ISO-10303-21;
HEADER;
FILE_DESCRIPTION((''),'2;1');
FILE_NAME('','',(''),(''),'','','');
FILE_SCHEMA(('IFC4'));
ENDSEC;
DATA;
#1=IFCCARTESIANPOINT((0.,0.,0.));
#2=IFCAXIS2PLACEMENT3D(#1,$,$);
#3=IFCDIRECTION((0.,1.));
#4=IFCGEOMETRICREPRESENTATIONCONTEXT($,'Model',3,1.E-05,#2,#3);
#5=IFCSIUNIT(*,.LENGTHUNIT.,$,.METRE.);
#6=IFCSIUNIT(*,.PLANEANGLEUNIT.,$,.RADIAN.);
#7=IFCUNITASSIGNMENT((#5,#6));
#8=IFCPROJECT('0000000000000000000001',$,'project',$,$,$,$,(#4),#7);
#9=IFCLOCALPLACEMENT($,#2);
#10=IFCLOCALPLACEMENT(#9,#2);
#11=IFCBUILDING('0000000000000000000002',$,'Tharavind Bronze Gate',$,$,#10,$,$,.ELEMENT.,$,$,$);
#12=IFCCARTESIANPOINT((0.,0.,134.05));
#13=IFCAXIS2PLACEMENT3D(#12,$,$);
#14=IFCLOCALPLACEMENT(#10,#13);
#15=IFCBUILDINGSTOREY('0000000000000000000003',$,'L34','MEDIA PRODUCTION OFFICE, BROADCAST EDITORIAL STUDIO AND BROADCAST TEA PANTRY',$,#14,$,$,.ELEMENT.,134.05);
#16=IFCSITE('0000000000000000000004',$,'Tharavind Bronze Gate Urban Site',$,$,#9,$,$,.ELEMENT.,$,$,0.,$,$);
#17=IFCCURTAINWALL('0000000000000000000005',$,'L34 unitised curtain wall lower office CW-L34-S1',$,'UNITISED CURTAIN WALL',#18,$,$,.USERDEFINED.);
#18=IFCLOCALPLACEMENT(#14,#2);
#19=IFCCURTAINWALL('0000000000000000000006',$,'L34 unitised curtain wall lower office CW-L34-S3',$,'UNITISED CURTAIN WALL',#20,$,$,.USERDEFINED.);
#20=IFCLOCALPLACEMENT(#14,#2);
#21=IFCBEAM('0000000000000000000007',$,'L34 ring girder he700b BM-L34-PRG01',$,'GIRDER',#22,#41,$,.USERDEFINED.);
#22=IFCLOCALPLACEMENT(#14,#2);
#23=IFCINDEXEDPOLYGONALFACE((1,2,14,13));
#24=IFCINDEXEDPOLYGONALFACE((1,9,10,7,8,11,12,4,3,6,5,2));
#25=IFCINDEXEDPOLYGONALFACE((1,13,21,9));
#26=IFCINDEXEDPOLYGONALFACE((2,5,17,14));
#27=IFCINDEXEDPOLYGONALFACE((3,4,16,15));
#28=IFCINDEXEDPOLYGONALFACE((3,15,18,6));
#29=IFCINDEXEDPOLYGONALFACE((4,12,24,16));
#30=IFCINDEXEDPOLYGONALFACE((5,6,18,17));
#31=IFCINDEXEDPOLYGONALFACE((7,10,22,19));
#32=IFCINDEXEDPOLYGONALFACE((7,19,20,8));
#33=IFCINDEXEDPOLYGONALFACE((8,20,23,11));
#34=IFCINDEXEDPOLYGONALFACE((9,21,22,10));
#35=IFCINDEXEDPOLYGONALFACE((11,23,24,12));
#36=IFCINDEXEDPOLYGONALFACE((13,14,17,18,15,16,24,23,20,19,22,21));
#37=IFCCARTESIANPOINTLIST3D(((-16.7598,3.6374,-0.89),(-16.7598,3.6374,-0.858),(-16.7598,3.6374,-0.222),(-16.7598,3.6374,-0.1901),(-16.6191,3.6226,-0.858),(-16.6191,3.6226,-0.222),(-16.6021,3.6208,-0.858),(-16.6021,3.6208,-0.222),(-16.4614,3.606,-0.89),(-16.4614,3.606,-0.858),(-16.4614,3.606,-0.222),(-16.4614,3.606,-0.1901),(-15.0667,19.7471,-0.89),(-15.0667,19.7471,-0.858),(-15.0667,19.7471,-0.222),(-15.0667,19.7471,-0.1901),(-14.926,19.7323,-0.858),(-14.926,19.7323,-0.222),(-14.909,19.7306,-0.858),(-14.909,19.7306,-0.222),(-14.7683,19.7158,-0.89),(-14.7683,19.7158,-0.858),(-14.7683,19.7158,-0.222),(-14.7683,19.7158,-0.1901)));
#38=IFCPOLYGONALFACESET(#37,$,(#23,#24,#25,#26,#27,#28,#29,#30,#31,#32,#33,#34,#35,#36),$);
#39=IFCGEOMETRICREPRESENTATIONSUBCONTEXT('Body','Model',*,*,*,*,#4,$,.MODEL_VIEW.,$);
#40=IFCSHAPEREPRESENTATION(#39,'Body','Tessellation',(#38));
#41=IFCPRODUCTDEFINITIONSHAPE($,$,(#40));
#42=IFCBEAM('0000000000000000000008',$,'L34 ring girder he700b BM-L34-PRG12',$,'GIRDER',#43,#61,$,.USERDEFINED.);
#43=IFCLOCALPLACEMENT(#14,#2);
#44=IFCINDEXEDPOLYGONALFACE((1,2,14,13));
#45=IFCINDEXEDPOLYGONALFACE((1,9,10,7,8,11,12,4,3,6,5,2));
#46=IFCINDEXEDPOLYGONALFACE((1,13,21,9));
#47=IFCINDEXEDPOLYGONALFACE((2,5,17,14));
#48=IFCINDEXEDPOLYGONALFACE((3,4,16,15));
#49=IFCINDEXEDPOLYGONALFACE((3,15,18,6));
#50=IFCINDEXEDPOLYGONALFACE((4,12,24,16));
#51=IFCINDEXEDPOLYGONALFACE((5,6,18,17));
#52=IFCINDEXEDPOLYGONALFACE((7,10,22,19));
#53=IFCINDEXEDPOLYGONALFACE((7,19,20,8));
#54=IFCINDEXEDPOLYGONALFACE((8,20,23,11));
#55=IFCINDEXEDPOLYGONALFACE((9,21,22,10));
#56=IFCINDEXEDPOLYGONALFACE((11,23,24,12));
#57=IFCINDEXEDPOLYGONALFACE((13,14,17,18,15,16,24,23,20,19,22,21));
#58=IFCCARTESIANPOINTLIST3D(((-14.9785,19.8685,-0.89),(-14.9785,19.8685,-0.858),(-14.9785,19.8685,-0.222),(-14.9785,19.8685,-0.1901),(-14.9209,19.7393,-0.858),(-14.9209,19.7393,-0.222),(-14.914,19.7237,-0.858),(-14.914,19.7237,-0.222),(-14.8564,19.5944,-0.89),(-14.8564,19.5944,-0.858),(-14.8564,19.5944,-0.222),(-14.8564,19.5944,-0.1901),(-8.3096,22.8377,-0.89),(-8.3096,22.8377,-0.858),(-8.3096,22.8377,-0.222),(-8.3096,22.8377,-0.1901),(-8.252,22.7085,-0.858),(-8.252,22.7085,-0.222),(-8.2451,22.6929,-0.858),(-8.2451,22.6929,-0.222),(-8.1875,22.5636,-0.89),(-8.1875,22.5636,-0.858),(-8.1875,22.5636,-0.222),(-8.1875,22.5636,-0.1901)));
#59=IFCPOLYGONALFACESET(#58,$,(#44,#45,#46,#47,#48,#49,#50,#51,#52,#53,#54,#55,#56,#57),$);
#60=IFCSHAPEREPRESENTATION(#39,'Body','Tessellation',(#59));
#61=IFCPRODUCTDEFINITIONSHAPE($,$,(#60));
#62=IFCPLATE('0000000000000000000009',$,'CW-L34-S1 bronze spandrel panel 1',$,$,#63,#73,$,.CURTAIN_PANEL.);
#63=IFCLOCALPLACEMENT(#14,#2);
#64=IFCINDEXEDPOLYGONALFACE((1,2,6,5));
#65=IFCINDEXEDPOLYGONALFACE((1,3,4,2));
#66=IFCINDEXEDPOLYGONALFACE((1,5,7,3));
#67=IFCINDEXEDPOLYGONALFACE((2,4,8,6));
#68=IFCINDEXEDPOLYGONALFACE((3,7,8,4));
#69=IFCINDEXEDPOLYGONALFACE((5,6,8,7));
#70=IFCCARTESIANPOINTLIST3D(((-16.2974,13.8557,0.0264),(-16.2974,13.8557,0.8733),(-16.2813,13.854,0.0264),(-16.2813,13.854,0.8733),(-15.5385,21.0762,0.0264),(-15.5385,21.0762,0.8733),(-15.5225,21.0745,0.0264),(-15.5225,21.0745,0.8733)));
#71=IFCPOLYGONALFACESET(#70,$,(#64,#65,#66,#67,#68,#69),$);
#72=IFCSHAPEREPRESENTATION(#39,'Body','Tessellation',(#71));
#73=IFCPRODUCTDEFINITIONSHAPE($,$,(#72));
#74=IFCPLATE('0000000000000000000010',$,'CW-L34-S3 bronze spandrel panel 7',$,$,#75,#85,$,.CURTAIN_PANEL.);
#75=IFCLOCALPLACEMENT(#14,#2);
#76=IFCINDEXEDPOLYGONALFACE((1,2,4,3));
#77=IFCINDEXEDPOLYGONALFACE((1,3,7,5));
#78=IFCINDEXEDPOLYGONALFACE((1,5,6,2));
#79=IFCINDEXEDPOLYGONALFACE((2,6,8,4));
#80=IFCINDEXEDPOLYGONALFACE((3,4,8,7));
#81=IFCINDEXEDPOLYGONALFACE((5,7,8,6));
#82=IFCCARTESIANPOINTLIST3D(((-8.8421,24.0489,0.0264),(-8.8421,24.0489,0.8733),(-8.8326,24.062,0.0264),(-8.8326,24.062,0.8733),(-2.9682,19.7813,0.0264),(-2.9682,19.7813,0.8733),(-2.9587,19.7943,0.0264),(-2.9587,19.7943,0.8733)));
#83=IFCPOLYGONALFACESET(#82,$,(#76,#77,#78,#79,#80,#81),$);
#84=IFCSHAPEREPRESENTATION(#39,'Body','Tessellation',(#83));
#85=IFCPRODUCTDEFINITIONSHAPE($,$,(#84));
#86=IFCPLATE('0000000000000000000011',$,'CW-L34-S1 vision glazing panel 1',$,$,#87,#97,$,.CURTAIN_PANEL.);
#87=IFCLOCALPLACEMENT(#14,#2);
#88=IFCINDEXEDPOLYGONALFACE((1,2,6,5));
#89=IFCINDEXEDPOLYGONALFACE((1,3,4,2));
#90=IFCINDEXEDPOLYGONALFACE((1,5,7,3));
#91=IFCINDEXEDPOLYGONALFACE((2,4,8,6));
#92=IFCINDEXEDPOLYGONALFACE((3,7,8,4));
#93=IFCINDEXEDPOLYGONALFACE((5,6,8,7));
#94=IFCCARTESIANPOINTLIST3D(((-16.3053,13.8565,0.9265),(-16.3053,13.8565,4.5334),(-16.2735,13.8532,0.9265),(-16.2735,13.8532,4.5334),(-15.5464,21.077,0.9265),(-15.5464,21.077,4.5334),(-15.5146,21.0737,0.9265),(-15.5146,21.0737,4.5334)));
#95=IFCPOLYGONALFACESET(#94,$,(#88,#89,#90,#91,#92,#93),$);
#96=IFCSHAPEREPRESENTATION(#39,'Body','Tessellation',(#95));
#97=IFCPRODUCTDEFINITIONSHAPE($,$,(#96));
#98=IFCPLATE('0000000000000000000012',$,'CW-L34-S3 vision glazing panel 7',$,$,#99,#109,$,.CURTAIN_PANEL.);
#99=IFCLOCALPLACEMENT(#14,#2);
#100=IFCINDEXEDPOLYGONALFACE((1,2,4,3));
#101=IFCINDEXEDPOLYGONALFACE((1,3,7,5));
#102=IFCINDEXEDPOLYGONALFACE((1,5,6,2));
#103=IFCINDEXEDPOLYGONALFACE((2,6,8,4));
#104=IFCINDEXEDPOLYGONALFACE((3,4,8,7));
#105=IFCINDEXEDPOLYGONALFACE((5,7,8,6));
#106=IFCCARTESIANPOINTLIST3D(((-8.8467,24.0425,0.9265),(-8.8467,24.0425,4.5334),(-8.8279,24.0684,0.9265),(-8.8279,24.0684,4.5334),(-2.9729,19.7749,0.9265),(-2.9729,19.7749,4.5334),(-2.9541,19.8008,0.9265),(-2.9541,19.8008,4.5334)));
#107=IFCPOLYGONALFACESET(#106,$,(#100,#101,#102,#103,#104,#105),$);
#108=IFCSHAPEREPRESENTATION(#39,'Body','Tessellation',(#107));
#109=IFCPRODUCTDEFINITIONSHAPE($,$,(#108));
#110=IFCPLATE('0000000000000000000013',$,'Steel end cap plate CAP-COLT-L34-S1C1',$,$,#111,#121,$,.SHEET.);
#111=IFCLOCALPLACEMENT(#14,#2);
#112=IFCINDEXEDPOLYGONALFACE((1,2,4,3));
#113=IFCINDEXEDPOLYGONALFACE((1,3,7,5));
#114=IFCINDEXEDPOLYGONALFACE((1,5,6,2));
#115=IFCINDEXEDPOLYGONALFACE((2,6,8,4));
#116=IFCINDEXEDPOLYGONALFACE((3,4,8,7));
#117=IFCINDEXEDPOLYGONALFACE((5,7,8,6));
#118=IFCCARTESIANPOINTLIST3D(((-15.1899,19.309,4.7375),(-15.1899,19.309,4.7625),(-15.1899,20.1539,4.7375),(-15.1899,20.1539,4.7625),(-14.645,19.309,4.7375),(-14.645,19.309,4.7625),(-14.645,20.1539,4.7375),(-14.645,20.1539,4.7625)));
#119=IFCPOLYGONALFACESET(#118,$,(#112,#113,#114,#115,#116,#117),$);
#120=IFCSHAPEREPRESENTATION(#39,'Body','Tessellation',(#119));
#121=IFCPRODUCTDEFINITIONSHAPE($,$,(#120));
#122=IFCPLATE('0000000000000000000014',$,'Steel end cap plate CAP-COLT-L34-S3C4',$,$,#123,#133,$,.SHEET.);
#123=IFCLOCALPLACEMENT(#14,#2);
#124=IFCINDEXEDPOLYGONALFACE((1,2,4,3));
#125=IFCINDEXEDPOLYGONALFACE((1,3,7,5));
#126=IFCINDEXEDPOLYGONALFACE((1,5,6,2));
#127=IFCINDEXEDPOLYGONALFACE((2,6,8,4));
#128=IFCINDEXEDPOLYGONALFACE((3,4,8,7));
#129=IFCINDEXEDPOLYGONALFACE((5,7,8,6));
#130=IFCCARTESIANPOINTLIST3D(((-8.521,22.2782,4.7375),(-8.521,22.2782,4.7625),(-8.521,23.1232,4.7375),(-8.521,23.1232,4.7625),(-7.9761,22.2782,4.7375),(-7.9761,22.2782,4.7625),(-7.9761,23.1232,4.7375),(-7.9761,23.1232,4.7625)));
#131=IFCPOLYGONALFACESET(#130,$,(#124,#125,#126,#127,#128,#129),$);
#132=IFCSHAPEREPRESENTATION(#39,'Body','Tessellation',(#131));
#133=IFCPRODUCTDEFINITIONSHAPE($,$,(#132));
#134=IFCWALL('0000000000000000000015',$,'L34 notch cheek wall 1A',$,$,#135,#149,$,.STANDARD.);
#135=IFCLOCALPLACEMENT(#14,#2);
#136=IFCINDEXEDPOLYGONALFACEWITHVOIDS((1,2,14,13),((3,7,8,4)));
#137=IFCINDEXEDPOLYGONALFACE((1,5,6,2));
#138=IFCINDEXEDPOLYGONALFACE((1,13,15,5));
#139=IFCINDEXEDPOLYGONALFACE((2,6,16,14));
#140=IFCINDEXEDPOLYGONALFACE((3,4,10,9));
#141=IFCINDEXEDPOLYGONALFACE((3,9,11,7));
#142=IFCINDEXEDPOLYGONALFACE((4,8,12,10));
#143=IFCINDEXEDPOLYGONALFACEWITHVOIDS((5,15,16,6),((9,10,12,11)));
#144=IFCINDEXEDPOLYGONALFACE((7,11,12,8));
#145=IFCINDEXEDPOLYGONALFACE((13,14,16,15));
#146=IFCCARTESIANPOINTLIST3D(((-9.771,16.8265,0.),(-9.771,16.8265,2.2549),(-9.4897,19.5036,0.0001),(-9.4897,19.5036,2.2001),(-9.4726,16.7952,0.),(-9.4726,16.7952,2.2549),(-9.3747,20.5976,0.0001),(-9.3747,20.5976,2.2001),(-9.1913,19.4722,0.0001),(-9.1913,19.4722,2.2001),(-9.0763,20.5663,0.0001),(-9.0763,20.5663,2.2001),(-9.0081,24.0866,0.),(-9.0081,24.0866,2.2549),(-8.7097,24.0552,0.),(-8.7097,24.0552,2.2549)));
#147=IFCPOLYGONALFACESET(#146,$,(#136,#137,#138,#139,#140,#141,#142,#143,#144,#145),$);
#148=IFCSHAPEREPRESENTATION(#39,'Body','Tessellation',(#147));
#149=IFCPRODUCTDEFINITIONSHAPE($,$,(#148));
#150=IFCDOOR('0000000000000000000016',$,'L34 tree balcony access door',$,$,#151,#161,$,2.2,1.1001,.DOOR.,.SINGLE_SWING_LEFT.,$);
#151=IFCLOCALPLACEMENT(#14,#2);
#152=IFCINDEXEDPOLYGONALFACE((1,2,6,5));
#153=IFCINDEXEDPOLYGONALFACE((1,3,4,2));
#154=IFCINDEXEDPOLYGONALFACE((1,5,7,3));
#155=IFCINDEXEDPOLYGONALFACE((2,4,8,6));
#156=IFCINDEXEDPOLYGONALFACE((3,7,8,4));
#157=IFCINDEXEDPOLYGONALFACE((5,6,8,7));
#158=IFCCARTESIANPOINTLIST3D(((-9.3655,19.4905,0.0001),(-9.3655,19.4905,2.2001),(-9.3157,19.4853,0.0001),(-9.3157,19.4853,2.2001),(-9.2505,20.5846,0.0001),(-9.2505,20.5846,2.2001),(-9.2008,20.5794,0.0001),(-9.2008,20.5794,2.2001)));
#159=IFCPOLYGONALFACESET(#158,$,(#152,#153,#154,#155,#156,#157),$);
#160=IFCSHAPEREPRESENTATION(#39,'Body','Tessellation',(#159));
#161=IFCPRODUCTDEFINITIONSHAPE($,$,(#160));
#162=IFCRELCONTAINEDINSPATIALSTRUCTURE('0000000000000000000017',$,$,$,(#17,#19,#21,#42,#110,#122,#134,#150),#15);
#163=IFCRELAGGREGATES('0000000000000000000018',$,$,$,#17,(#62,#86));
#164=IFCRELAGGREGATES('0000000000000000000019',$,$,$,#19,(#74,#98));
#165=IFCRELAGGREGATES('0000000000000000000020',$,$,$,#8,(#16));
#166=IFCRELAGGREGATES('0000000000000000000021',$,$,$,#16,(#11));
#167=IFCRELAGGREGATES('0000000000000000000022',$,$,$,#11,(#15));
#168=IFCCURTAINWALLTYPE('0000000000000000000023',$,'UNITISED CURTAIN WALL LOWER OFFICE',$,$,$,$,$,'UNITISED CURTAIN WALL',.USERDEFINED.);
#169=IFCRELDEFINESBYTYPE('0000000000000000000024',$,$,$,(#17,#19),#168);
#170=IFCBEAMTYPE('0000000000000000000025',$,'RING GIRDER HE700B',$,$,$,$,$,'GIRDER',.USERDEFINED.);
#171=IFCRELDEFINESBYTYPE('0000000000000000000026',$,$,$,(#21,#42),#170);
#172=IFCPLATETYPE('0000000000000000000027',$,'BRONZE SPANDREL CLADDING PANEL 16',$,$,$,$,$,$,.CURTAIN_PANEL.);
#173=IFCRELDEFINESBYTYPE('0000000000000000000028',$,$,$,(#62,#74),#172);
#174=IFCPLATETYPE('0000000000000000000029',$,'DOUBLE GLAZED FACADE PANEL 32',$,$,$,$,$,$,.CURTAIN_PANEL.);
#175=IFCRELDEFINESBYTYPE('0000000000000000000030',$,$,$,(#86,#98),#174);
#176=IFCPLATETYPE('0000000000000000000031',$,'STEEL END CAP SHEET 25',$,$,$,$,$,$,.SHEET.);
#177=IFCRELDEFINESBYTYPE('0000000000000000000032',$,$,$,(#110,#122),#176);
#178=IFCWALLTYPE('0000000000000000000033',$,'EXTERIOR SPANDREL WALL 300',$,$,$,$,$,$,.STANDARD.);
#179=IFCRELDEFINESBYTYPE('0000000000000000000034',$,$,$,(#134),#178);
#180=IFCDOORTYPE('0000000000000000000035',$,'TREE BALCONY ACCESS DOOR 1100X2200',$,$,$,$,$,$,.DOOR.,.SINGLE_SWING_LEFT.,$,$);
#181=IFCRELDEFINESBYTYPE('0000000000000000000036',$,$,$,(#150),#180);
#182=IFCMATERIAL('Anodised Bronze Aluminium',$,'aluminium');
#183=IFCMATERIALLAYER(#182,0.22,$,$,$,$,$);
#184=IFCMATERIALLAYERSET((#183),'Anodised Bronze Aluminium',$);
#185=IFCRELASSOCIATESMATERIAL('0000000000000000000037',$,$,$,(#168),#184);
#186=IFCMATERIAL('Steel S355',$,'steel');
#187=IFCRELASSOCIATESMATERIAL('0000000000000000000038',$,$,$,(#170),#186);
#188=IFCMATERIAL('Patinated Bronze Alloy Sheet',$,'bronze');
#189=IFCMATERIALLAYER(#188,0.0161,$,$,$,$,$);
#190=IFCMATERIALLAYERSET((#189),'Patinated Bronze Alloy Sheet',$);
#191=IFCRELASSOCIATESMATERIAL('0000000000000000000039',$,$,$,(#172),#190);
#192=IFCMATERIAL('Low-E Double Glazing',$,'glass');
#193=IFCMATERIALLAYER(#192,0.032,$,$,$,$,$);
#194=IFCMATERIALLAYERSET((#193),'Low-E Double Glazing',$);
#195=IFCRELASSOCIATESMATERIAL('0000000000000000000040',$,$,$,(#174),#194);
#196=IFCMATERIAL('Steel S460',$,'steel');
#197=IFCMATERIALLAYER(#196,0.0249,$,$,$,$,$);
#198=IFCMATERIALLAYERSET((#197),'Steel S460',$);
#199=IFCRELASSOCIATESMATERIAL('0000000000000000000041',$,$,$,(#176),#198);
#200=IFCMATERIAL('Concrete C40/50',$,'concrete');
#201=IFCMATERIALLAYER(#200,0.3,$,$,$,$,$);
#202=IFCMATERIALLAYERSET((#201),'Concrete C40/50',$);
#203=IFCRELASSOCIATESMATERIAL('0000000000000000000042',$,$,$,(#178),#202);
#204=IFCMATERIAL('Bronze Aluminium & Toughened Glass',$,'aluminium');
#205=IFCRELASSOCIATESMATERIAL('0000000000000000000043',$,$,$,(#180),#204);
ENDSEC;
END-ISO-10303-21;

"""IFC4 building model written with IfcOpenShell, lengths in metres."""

from ifc_helpers import new_model, si_unit, direction, frame, frame_2d, origin, origin_2d, place, context, subcontext, project, spatial, rectangle, i_section, extrude, material, layer, layer_set, material_profile, profile_set, type_object, element, fill, aggregate, save


model = new_model("IFC4")

# Units and contexts
model_context = context("Model", 3, precision=1e-05, world=origin(), true_north=direction((0.0, 1.0)))
body_context = subcontext(model_context, "Body", "Model", "MODEL_VIEW")
ifc_project = project(units=[si_unit("LENGTHUNIT", "METRE"), si_unit("PLANEANGLEUNIT", "RADIAN")], contexts=[model_context])

# Site, building, storey
site_placement = place(None, origin())
site = spatial("IfcSite", under=ifc_project, at=site_placement, Name="Tharavind Bronze Gate Urban Site", CompositionType="ELEMENT", RefElevation=0.0)
building_placement = place(site_placement, origin())
building = spatial("IfcBuilding", under=site, at=building_placement, Name="Tharavind Bronze Gate", CompositionType="ELEMENT")
storey_placement = place(building_placement, frame((0.0, 0.0, 134.05)))
storey = spatial("IfcBuildingStorey", under=building, at=storey_placement, Name="L34", Description="MEDIA PRODUCTION OFFICE, BROADCAST EDITORIAL STUDIO AND BROADCAST TEA PANTRY", CompositionType="ELEMENT", Elevation=134.05)

# Shared definitions
ifc_material_1 = material(Name="Steel S460", Category="steel")

# Curtain wall
ifc_material_2 = material(Name="Anodised Bronze Aluminium", Category="aluminium")
ifc_layer_1 = layer(ifc_material_2, 0.22)
ifc_layer_set_1 = layer_set([ifc_layer_1], Name="Anodised Bronze Aluminium")
curtain_wall_type = type_object("IfcCurtainWallType", Name="UNITISED CURTAIN WALL LOWER OFFICE", ElementType="UNITISED CURTAIN WALL", PredefinedType="USERDEFINED", material=ifc_layer_set_1)
curtain_wall_1_placement = place(storey_placement, origin())
curtain_wall_1 = element("IfcCurtainWall", 1, at=curtain_wall_1_placement, inside=storey, type_object=curtain_wall_type, Name="L34 unitised curtain wall lower office CW-L34-S1", ObjectType="UNITISED CURTAIN WALL", PredefinedType="USERDEFINED")

# Curtain wall
curtain_wall_2_placement = place(storey_placement, origin())
curtain_wall_2 = element("IfcCurtainWall", 2, at=curtain_wall_2_placement, inside=storey, type_object=curtain_wall_type, Name="L34 unitised curtain wall lower office CW-L34-S3", ObjectType="UNITISED CURTAIN WALL", PredefinedType="USERDEFINED")

# Beams
ifc_material_3 = material(Name="Steel S355", Category="steel")
ifc_material_profile_1 = material_profile(ifc_material_3, i_section(OverallWidth=0.3, OverallDepth=0.7, WebThickness=0.0171, FlangeThickness=0.032, at=origin_2d()), Name="HE700B")
ifc_profile_set_1 = profile_set([ifc_material_profile_1], Name="Steel S355")
beam_type_1 = type_object("IfcBeamType", Name="RING GIRDER HE700B", ElementType="GIRDER", PredefinedType="USERDEFINED", material=ifc_profile_set_1)
beam_1_placement = place(storey_placement, frame((-14.9175, 19.7314, -0.54), z_axis=(-0.104522, -0.994523, 0.0), x_axis=(0.994523, -0.104522, 0.0)))
element("IfcBeam", 3, at=beam_1_placement, inside=storey, type_object=beam_type_1, Name="L34 ring girder he700b BM-L34-PRG01", ObjectType="GIRDER", PredefinedType="USERDEFINED", context=body_context, shape_type="SweptSolid", body=[
    extrude(i_section(OverallWidth=0.3, OverallDepth=0.7, WebThickness=0.0171, FlangeThickness=0.032, at=origin_2d()), origin(), (0.0, 0.0, 1.0), 16.1985),
])
beam_2_placement = place(storey_placement, frame((-8.2485, 22.7007, -0.54), z_axis=(-0.913544, -0.40674, 0.0), x_axis=(0.40674, -0.913544, 0.0)))
element("IfcBeam", 4, at=beam_2_placement, inside=storey, type_object=beam_type_1, Name="L34 ring girder he700b BM-L34-PRG12", ObjectType="GIRDER", PredefinedType="USERDEFINED", context=body_context, shape_type="SweptSolid", body=[
    extrude(i_section(OverallWidth=0.3, OverallDepth=0.7, WebThickness=0.0171, FlangeThickness=0.032, at=origin_2d()), origin(), (0.0, 0.0, 1.0), 7.3),
])

# Plates
ifc_material_4 = material(Name="Patinated Bronze Alloy Sheet", Category="bronze")
ifc_layer_2 = layer(ifc_material_4, 0.0161)
ifc_layer_set_2 = layer_set([ifc_layer_2], Name="Patinated Bronze Alloy Sheet")
plate_type_1 = type_object("IfcPlateType", Name="BRONZE SPANDREL CLADDING PANEL 16", PredefinedType="CURTAIN_PANEL", material=ifc_layer_set_2)
plate_1_placement = place(storey_placement, frame((-15.9099, 17.4651, 0.0264), z_axis=(0.0, 0.0, 1.0), x_axis=(-0.104527, -0.994522, 0.0)))
plate_1 = element("IfcPlate", 5, at=plate_1_placement, type_object=plate_type_1, Name="CW-L34-S1 bronze spandrel panel 1", PredefinedType="CURTAIN_PANEL", context=body_context, shape_type="SweptSolid", body=[
    extrude(rectangle(XDim=7.2603, YDim=0.0161, at=origin_2d()), origin(), (0.0, 0.0, 1.0), 0.8469),
])
plate_2_placement = place(storey_placement, frame((-5.9004, 21.9216, 0.0264), z_axis=(0.0, 0.0, 1.0), x_axis=(-0.809017, 0.587785, 0.0)))
plate_2 = element("IfcPlate", 6, at=plate_2_placement, type_object=plate_type_1, Name="CW-L34-S3 bronze spandrel panel 7", PredefinedType="CURTAIN_PANEL", context=body_context, shape_type="SweptSolid", body=[
    extrude(rectangle(XDim=7.2605, YDim=0.0161, at=origin_2d()), origin(), (0.0, 0.0, 1.0), 0.8469),
])
ifc_material_5 = material(Name="Low-E Double Glazing", Category="glass")
ifc_layer_3 = layer(ifc_material_5, 0.032)
ifc_layer_set_3 = layer_set([ifc_layer_3], Name="Low-E Double Glazing")
plate_type_2 = type_object("IfcPlateType", Name="DOUBLE GLAZED FACADE PANEL 32", PredefinedType="CURTAIN_PANEL", material=ifc_layer_set_3)
plate_3_placement = place(storey_placement, frame((-15.9099, 17.4651, 0.9265), z_axis=(0.0, 0.0, 1.0), x_axis=(-0.104527, -0.994522, 0.0)))
plate_3 = element("IfcPlate", 7, at=plate_3_placement, type_object=plate_type_2, Name="CW-L34-S1 vision glazing panel 1", PredefinedType="CURTAIN_PANEL", context=body_context, shape_type="SweptSolid", body=[
    extrude(rectangle(XDim=7.2603, YDim=0.032, at=origin_2d()), origin(), (0.0, 0.0, 1.0), 3.6069),
])
aggregate(curtain_wall_1, [plate_1, plate_3])
plate_4_placement = place(storey_placement, frame((-5.9004, 21.9216, 0.9265), z_axis=(0.0, 0.0, 1.0), x_axis=(-0.809017, 0.587785, 0.0)))
plate_4 = element("IfcPlate", 8, at=plate_4_placement, type_object=plate_type_2, Name="CW-L34-S3 vision glazing panel 7", PredefinedType="CURTAIN_PANEL", context=body_context, shape_type="SweptSolid", body=[
    extrude(rectangle(XDim=7.2605, YDim=0.032, at=origin_2d()), origin(), (0.0, 0.0, 1.0), 3.6069),
])
aggregate(curtain_wall_2, [plate_2, plate_4])

# Plates
ifc_layer_4 = layer(ifc_material_1, 0.0249)
ifc_layer_set_4 = layer_set([ifc_layer_4], Name="Steel S460")
plate_type_3 = type_object("IfcPlateType", Name="STEEL END CAP SHEET 25", PredefinedType="SHEET", material=ifc_layer_set_4)
for number, where, z_axis, x_axis, name in (
    (9, (-14.9175, 19.7314, 4.7375), (0.0, 0.0, 1.0), (1.0, 0.0, 0.0), "Steel end cap plate CAP-COLT-L34-S1C1"),
    (10, (-8.2485, 22.7007, 4.7375), (0.0, 0.0, 1.0), (1.0, 0.0, 0.0), "Steel end cap plate CAP-COLT-L34-S3C4"),
):
    element("IfcPlate", number, at=place(storey_placement, frame(where, z_axis=z_axis, x_axis=x_axis)), inside=storey, type_object=plate_type_3, Name=name, PredefinedType="SHEET", context=body_context, shape_type="SweptSolid", body=[
        extrude(rectangle(XDim=0.5449, YDim=0.845, at=origin_2d()), origin(), (0.0, 0.0, 1.0), 0.0249),
    ])

# Wall, opening, door
ifc_material_6 = material(Name="Concrete C40/50", Category="concrete")
ifc_layer_5 = layer(ifc_material_6, 0.3)
ifc_layer_set_5 = layer_set([ifc_layer_5], Name="Concrete C40/50")
wall_type = type_object("IfcWallType", Name="EXTERIOR SPANDREL WALL 300", PredefinedType="STANDARD", material=ifc_layer_set_5)
wall_placement = place(storey_placement, frame((-8.8589, 24.0708, 0.0), z_axis=(0.0, 0.0, 1.0), x_axis=(-0.104512, -0.994524, 0.0)))
wall = element("IfcWall", 11, at=wall_placement, inside=storey, type_object=wall_type, Name="L34 notch cheek wall 1A", PredefinedType="STANDARD", context=body_context, shape_type="SweptSolid", body=[
    extrude(rectangle(XDim=7.3, YDim=0.3, at=frame_2d((3.6499, 0.0))), origin(), (0.0, 0.0, 1.0), 2.2549),
])
opening_placement = place(wall_placement, frame((3.5081, 0.0, 0.0)))
opening = element("IfcOpeningElement", 12, at=opening_placement, cuts=wall, PredefinedType="OPENING", context=body_context, shape_type="SweptSolid", body=[
    extrude(rectangle(XDim=1.1001, YDim=2.2, at=frame_2d((0.55, 1.1001))), frame((0.0, 0.1599, 0.0), z_axis=(0.0, -1.0, 0.0), x_axis=(1.0, 0.0, 0.0)), (0.0, 0.0, 1.0), 0.32),
])
ifc_material_7 = material(Name="Bronze Aluminium & Toughened Glass", Category="aluminium")
door_type = type_object("IfcDoorType", Name="TREE BALCONY ACCESS DOOR 1100X2200", OperationType="SINGLE_SWING_LEFT", PredefinedType="DOOR", material=ifc_material_7)
door_placement = place(opening_placement, origin())
door = element("IfcDoor", 13, at=door_placement, inside=storey, type_object=door_type, Name="L34 tree balcony access door", OperationType="SINGLE_SWING_LEFT", OverallHeight=2.2, OverallWidth=1.1001, PredefinedType="DOOR", context=body_context, shape_type="SweptSolid", body=[
    extrude(rectangle(XDim=1.1001, YDim=2.2, at=frame_2d((0.55, 1.1001))), frame((0.0, 0.0249, 0.0), z_axis=(0.0, -1.0, 0.0), x_axis=(1.0, 0.0, 0.0)), (0.0, 0.0, 1.0), 0.05),
])
fill(opening, door)

save(model, "model.ifc")
